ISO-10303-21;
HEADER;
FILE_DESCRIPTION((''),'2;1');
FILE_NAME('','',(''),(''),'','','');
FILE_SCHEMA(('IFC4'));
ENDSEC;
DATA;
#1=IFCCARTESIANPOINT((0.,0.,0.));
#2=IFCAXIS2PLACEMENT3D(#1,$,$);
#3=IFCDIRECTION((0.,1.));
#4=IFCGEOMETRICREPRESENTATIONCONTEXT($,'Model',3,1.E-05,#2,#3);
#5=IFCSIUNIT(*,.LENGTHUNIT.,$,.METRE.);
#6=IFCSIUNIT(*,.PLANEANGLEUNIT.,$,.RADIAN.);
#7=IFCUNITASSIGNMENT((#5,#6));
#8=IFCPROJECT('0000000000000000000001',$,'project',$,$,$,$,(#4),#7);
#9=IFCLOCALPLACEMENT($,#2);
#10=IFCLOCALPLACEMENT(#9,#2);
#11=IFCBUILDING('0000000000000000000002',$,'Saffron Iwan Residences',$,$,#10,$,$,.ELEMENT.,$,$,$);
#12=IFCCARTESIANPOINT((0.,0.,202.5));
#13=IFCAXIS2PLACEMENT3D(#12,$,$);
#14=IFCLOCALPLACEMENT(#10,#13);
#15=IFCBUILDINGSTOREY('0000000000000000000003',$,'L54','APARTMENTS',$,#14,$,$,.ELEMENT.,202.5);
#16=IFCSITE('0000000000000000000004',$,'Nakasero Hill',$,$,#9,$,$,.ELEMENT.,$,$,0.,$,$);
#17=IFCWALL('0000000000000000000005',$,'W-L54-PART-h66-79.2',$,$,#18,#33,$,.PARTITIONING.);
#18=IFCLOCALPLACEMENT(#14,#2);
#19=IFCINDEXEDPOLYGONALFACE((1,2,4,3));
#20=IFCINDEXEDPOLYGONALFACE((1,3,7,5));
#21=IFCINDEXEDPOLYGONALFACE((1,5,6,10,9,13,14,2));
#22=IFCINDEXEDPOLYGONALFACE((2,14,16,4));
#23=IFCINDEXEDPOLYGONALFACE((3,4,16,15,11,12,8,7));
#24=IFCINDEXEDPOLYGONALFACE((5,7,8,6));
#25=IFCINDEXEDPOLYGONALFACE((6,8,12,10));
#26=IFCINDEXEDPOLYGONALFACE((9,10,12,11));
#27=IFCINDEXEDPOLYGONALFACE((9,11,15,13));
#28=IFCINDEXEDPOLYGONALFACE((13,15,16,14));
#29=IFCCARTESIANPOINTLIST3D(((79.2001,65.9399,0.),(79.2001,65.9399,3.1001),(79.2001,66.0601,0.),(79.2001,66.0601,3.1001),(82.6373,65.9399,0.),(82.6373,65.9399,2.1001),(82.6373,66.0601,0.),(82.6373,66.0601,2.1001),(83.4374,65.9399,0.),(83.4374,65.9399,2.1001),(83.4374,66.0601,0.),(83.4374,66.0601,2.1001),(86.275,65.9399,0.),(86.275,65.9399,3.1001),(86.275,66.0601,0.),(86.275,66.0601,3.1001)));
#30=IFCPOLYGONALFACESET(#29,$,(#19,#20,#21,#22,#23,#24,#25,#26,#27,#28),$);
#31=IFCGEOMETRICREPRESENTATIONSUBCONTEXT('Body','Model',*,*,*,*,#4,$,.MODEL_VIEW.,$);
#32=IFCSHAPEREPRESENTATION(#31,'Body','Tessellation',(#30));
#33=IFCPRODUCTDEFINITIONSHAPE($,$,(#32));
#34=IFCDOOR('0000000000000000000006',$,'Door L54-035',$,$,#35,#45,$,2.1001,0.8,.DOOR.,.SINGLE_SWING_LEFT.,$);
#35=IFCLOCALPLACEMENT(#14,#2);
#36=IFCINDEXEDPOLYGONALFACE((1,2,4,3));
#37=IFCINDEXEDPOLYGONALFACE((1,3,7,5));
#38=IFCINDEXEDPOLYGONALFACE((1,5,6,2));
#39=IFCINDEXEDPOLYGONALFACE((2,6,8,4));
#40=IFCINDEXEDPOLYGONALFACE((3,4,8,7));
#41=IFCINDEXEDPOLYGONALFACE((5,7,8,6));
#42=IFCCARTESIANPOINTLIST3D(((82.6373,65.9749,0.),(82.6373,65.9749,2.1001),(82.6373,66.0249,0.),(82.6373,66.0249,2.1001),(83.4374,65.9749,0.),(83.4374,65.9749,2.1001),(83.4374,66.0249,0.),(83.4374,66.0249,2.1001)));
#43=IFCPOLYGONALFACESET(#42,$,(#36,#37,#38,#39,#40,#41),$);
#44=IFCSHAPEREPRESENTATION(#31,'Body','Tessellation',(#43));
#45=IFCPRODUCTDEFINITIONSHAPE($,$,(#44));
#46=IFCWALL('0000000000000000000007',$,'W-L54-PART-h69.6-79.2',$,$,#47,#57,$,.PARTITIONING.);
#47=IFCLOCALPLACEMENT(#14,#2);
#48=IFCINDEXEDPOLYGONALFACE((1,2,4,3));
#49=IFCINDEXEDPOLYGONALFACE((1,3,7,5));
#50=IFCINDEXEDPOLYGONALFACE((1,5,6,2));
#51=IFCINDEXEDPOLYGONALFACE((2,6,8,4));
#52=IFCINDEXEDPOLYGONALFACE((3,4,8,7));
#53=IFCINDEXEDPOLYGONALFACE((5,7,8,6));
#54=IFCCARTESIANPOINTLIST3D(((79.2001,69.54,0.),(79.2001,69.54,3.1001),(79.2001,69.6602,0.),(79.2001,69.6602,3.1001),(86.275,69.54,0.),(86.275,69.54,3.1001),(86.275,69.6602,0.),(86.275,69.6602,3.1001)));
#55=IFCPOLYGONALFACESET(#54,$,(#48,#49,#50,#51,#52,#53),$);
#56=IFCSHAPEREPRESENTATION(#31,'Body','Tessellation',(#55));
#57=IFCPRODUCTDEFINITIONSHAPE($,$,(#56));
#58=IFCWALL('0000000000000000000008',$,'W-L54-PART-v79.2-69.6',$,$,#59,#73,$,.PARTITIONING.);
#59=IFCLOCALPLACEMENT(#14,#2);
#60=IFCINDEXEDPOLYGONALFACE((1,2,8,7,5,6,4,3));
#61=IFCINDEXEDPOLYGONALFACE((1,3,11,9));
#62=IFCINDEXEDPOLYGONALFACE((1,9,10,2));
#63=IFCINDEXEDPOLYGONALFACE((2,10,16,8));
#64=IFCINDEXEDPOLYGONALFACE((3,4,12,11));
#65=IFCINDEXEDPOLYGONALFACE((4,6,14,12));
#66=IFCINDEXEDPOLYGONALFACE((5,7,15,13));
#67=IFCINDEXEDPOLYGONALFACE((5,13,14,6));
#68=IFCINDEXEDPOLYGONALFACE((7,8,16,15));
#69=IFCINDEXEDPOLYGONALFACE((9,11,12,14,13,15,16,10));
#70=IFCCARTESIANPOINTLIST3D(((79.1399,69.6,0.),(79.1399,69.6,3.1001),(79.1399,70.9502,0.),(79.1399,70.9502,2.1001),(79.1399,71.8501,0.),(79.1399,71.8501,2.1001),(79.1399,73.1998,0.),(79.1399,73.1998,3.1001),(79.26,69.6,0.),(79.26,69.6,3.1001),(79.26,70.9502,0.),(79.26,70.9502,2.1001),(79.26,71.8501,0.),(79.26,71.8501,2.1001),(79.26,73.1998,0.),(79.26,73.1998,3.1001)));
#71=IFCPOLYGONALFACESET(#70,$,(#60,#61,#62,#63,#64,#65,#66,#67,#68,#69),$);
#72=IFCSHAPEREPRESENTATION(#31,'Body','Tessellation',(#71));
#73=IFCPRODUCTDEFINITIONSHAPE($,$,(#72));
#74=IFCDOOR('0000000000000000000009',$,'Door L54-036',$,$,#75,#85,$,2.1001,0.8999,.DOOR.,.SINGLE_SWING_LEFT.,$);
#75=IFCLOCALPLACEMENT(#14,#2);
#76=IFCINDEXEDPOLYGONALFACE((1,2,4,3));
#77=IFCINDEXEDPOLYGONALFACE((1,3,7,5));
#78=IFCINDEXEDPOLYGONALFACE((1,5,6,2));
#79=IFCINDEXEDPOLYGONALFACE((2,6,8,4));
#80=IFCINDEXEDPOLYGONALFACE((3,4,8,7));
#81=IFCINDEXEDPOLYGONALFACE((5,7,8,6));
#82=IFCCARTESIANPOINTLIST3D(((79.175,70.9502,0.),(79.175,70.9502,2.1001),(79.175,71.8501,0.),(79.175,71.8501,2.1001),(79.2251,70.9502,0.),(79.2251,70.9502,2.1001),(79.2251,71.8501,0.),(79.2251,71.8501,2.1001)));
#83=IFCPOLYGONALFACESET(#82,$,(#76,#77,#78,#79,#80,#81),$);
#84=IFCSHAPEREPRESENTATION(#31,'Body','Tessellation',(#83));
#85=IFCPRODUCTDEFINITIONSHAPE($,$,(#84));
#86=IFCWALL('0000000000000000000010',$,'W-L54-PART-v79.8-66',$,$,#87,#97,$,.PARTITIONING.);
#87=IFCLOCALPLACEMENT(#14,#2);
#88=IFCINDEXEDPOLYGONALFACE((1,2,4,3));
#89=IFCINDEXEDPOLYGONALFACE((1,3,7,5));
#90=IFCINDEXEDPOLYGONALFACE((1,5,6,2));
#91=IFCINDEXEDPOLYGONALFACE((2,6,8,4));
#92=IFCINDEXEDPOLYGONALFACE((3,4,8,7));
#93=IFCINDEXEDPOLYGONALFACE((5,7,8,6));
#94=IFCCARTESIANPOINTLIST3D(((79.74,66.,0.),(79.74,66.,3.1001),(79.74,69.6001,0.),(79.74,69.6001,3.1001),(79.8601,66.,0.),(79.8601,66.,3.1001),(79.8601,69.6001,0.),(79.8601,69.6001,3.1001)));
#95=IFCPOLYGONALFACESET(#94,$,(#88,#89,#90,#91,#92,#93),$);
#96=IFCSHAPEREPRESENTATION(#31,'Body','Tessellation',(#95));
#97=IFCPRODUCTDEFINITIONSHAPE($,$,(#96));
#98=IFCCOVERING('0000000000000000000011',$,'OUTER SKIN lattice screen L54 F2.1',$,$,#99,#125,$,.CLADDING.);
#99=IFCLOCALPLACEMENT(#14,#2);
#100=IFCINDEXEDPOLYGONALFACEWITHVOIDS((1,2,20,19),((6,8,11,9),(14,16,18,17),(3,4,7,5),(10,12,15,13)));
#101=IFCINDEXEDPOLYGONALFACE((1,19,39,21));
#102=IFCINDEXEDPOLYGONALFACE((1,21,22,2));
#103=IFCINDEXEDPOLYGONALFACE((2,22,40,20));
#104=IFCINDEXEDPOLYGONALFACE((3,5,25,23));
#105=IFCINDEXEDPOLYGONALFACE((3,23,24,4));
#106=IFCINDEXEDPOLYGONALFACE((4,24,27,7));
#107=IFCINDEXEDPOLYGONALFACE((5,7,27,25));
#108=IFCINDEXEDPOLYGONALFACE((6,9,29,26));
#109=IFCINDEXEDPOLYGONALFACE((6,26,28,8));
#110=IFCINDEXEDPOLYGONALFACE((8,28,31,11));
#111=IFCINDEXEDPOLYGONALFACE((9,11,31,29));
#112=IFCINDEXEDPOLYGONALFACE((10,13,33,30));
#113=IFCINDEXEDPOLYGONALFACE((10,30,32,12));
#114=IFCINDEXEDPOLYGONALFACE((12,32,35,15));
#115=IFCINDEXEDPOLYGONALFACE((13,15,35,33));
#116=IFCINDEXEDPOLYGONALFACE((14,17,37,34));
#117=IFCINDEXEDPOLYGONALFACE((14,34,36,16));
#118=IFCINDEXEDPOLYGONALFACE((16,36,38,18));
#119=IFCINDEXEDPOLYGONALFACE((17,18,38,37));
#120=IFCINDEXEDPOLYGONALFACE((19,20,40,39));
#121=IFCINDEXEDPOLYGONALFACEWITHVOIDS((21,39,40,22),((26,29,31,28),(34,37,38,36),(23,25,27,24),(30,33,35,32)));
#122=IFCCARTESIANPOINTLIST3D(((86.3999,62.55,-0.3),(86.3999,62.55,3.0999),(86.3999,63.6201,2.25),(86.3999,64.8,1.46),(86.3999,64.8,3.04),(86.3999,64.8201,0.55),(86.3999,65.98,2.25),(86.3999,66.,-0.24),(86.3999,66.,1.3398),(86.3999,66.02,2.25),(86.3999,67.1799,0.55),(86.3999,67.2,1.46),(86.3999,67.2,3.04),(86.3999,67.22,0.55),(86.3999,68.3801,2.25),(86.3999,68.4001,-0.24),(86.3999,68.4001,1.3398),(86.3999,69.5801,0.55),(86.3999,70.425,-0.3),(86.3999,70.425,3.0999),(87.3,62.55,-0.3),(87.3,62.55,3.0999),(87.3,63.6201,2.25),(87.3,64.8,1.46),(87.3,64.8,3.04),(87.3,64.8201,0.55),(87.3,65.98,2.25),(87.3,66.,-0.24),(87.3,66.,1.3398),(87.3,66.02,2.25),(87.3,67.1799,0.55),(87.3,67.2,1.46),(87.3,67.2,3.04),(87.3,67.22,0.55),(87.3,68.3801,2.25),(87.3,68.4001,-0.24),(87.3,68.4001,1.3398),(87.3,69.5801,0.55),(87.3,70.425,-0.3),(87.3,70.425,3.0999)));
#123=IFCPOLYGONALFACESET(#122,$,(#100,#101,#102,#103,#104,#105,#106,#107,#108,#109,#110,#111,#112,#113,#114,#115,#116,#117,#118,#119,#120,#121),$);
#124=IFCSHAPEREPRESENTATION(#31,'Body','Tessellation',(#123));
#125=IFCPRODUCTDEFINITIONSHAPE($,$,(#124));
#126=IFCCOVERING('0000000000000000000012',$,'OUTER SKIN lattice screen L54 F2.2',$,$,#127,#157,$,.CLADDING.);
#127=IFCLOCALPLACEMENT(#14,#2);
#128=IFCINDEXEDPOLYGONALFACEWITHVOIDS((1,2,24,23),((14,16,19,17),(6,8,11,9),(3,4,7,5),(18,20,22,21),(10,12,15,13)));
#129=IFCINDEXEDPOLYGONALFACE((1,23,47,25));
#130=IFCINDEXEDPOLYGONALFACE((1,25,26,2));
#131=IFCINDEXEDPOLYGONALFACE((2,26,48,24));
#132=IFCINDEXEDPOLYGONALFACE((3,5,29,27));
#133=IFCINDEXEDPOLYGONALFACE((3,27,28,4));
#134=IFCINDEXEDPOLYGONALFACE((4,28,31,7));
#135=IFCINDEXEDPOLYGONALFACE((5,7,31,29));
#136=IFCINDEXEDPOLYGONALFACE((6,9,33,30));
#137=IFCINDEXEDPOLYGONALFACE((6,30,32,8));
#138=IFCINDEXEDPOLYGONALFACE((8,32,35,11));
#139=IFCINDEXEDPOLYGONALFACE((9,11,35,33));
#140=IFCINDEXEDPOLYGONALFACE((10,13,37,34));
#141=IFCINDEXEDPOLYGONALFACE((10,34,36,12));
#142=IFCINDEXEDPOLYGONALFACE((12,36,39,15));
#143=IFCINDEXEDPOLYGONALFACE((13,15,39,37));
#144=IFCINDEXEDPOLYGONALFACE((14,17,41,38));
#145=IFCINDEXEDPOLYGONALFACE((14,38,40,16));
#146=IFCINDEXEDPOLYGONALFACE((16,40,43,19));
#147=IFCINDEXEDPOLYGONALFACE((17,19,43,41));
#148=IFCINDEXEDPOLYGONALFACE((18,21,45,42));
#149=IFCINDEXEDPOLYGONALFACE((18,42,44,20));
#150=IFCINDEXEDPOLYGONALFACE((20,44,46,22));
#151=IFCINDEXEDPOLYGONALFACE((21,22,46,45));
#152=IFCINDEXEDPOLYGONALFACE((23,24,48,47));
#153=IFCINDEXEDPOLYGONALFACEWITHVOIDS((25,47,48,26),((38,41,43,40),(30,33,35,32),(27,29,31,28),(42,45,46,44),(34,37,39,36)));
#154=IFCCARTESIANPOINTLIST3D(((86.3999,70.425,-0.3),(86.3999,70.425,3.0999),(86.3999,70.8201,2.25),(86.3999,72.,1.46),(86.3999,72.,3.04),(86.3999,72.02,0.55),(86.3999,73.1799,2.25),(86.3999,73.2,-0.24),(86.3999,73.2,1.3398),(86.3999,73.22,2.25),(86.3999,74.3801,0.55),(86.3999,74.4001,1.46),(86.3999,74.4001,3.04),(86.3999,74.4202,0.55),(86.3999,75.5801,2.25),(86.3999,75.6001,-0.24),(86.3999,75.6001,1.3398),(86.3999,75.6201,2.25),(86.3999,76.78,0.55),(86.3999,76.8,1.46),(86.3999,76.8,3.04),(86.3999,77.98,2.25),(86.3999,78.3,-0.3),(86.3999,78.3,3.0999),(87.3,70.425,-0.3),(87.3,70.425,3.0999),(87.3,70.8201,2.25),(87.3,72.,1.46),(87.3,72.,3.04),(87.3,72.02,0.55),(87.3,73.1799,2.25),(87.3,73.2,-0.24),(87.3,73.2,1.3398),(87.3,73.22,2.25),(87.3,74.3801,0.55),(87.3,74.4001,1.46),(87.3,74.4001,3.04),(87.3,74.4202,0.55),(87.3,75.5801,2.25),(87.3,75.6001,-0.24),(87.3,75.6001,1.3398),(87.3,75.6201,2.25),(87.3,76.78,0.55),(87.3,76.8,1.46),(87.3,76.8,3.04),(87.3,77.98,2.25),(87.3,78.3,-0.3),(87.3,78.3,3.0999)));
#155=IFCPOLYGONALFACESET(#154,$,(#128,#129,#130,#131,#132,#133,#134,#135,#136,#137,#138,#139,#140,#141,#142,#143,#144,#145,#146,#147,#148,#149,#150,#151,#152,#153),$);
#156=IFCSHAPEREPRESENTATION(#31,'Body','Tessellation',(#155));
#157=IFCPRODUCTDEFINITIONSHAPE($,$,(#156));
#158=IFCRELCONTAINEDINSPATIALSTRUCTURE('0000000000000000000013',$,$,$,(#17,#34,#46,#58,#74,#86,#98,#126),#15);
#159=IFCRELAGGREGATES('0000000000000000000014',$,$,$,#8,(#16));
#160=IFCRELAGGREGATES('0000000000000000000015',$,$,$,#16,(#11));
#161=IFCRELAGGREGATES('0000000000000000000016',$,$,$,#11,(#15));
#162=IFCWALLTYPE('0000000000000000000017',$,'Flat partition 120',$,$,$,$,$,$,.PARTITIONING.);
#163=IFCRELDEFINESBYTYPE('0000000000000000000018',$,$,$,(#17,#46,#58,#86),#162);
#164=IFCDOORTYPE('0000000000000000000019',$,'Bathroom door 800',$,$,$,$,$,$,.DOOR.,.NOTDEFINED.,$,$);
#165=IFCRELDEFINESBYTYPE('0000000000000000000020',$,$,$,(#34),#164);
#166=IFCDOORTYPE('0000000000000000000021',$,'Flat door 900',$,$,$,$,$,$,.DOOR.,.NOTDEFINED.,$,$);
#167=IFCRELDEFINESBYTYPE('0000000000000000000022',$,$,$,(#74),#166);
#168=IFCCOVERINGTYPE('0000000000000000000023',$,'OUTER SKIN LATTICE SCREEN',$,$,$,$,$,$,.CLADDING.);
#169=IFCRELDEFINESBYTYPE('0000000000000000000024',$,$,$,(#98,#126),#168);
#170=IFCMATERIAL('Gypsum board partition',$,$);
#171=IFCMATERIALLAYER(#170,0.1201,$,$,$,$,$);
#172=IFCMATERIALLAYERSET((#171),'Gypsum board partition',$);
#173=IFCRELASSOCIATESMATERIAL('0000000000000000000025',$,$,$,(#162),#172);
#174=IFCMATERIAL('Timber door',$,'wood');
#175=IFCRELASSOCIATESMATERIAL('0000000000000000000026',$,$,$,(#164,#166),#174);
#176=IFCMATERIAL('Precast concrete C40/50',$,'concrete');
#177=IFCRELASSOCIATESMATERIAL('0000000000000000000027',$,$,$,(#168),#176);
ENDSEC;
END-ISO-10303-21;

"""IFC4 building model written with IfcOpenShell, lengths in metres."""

from ifc_helpers import new_model, si_unit, direction, frame, frame_2d, origin, place, context, subcontext, project, spatial, polyline, rectangle, outline, extrude, material, layer, layer_set, type_object, element, fill, save


model = new_model("IFC4")

# Units and contexts
model_context = context("Model", 3, precision=1e-05, world=origin(), true_north=direction((0.0, 1.0)))
body_context = subcontext(model_context, "Body", "Model", "MODEL_VIEW")
ifc_project = project(units=[si_unit("LENGTHUNIT", "METRE"), si_unit("PLANEANGLEUNIT", "RADIAN")], contexts=[model_context])

# Site, building, storey
site_placement = place(None, origin())
site = spatial("IfcSite", under=ifc_project, at=site_placement, Name="Nakasero Hill", CompositionType="ELEMENT", RefElevation=0.0)
building_placement = place(site_placement, origin())
building = spatial("IfcBuilding", under=site, at=building_placement, Name="Saffron Iwan Residences", CompositionType="ELEMENT")
storey_placement = place(building_placement, frame((0.0, 0.0, 202.5)))
storey = spatial("IfcBuildingStorey", under=building, at=storey_placement, Name="L54", Description="APARTMENTS", CompositionType="ELEMENT", Elevation=202.5)

# Wall, opening, door
ifc_material_1 = material(Name="Gypsum board partition")
ifc_layer_1 = layer(ifc_material_1, 0.1201)
ifc_layer_set_1 = layer_set([ifc_layer_1], Name="Gypsum board partition")
wall_type_1 = type_object("IfcWallType", Name="Flat partition 120", PredefinedType="PARTITIONING", material=ifc_layer_set_1)
wall_1_placement = place(storey_placement, frame((79.2, 66.0, 0.0), z_axis=(0.0, 0.0, 1.0), x_axis=(1.0, 0.0, 0.0)))
wall_1 = element("IfcWall", 1, at=wall_1_placement, inside=storey, type_object=wall_type_1, Name="W-L54-PART-h66-79.2", PredefinedType="PARTITIONING", context=body_context, shape_type="SweptSolid", body=[
    extrude(rectangle(XDim=7.075, YDim=0.1201, at=frame_2d((3.5376, 0.0))), origin(), (0.0, 0.0, 1.0), 3.1001),
])
opening_1_placement = place(wall_1_placement, frame((3.4375, 0.0, 0.0)))
opening_1 = element("IfcOpeningElement", 2, at=opening_1_placement, cuts=wall_1, PredefinedType="OPENING", context=body_context, shape_type="SweptSolid", body=[
    extrude(rectangle(XDim=0.8, YDim=2.1001, at=frame_2d((0.3999, 1.05))), frame((0.0, 0.0701, 0.0), z_axis=(0.0, -1.0, 0.0), x_axis=(1.0, 0.0, 0.0)), (0.0, 0.0, 1.0), 0.1401),
])
ifc_material_2 = material(Name="Timber door", Category="wood")
door_type_1 = type_object("IfcDoorType", Name="Bathroom door 800", OperationType="NOTDEFINED", PredefinedType="DOOR", material=ifc_material_2)
door_1_placement = place(opening_1_placement, origin())
door_1 = element("IfcDoor", 3, at=door_1_placement, inside=storey, type_object=door_type_1, Name="Door L54-035", OperationType="SINGLE_SWING_LEFT", OverallHeight=2.1001, OverallWidth=0.8, PredefinedType="DOOR", context=body_context, shape_type="SweptSolid", body=[
    extrude(rectangle(XDim=0.8, YDim=2.1001, at=frame_2d((0.3999, 1.05))), frame((0.0, 0.0249, 0.0), z_axis=(0.0, -1.0, 0.0), x_axis=(1.0, 0.0, 0.0)), (0.0, 0.0, 1.0), 0.05),
])
fill(opening_1, door_1)

# Wall
wall_2_placement = place(storey_placement, frame((79.2, 69.6001, 0.0), z_axis=(0.0, 0.0, 1.0), x_axis=(1.0, 0.0, 0.0)))
element("IfcWall", 4, at=wall_2_placement, inside=storey, type_object=wall_type_1, Name="W-L54-PART-h69.6-79.2", PredefinedType="PARTITIONING", context=body_context, shape_type="SweptSolid", body=[
    extrude(rectangle(XDim=7.075, YDim=0.1201, at=frame_2d((3.5376, 0.0))), origin(), (0.0, 0.0, 1.0), 3.1001),
])

# Wall, opening, door
wall_3_placement = place(storey_placement, frame((79.2, 69.6001, 0.0), z_axis=(0.0, 0.0, 1.0), x_axis=(0.0, 1.0, 0.0)))
wall_3 = element("IfcWall", 5, at=wall_3_placement, inside=storey, type_object=wall_type_1, Name="W-L54-PART-v79.2-69.6", PredefinedType="PARTITIONING", context=body_context, shape_type="SweptSolid", body=[
    extrude(rectangle(XDim=3.5999, YDim=0.1201, at=frame_2d((1.7998, 0.0))), origin(), (0.0, 0.0, 1.0), 3.1001),
])
opening_2_placement = place(wall_3_placement, frame((1.3501, 0.0, 0.0)))
opening_2 = element("IfcOpeningElement", 6, at=opening_2_placement, cuts=wall_3, PredefinedType="OPENING", context=body_context, shape_type="SweptSolid", body=[
    extrude(rectangle(XDim=0.8999, YDim=2.1001, at=frame_2d((0.45, 1.05))), frame((0.0, 0.0701, 0.0), z_axis=(0.0, -1.0, 0.0), x_axis=(1.0, 0.0, 0.0)), (0.0, 0.0, 1.0), 0.1401),
])
door_type_2 = type_object("IfcDoorType", Name="Flat door 900", OperationType="NOTDEFINED", PredefinedType="DOOR", material=ifc_material_2)
door_2_placement = place(opening_2_placement, origin())
door_2 = element("IfcDoor", 7, at=door_2_placement, inside=storey, type_object=door_type_2, Name="Door L54-036", OperationType="SINGLE_SWING_LEFT", OverallHeight=2.1001, OverallWidth=0.8999, PredefinedType="DOOR", context=body_context, shape_type="SweptSolid", body=[
    extrude(rectangle(XDim=0.8999, YDim=2.1001, at=frame_2d((0.45, 1.05))), frame((0.0, 0.0249, 0.0), z_axis=(0.0, -1.0, 0.0), x_axis=(1.0, 0.0, 0.0)), (0.0, 0.0, 1.0), 0.05),
])
fill(opening_2, door_2)

# Wall
wall_4_placement = place(storey_placement, frame((79.8, 66.0, 0.0), z_axis=(0.0, 0.0, 1.0), x_axis=(0.0, 1.0, 0.0)))
element("IfcWall", 8, at=wall_4_placement, inside=storey, type_object=wall_type_1, Name="W-L54-PART-v79.8-66", PredefinedType="PARTITIONING", context=body_context, shape_type="SweptSolid", body=[
    extrude(rectangle(XDim=3.6001, YDim=0.1201, at=frame_2d((1.8, 0.0))), origin(), (0.0, 0.0, 1.0), 3.1001),
])

# Coverings
ifc_material_3 = material(Name="Precast concrete C40/50", Category="concrete")
covering_type = type_object("IfcCoveringType", Name="OUTER SKIN LATTICE SCREEN", PredefinedType="CLADDING", material=ifc_material_3)
covering_1_placement = place(storey_placement, frame((86.3999, 62.55, -0.3), z_axis=(1.0, 0.0, 0.0), x_axis=(0.0, 1.0, 0.0)))
element("IfcCovering", 9, at=covering_1_placement, inside=storey, type_object=covering_type, Name="OUTER SKIN lattice screen L54 F2.1", PredefinedType="CLADDING", context=body_context, shape_type="SweptSolid", body=[
    extrude(outline(polyline([(0.0, 0.0), (7.875, 0.0), (7.875, 3.3999), (0.0, 3.3999), (0.0, 0.0)]), holes=[polyline([(2.27, 0.8501), (3.45, 0.0601), (4.6299, 0.8501), (3.45, 1.6399), (2.27, 0.8501)]), polyline([(4.6699, 0.8501), (5.8501, 0.0601), (7.03, 0.8501), (5.8501, 1.6399), (4.6699, 0.8501)]), polyline([(1.0701, 2.55), (2.25, 1.76), (3.4299, 2.55), (2.25, 3.3401), (1.0701, 2.55)]), polyline([(3.47, 2.55), (4.6499, 1.76), (5.8301, 2.55), (4.6499, 3.3401), (3.47, 2.55)])]), origin(), (0.0, 0.0, 1.0), 0.9001),
])
covering_2_placement = place(storey_placement, frame((86.3999, 70.425, -0.3), z_axis=(1.0, 0.0, 0.0), x_axis=(0.0, 1.0, 0.0)))
element("IfcCovering", 10, at=covering_2_placement, inside=storey, type_object=covering_type, Name="OUTER SKIN lattice screen L54 F2.2", PredefinedType="CLADDING", context=body_context, shape_type="SweptSolid", body=[
    extrude(outline(polyline([(0.0, 0.0), (7.875, 0.0), (7.875, 3.3999), (0.0, 3.3999), (0.0, 0.0)]), holes=[polyline([(1.595, 0.8501), (2.7749, 0.0601), (3.9551, 0.8501), (2.7749, 1.6399), (1.595, 0.8501)]), polyline([(3.9951, 0.8501), (5.175, 0.0601), (6.355, 0.8501), (5.175, 1.6399), (3.9951, 0.8501)]), polyline([(0.395, 2.55), (1.575, 1.76), (2.7549, 2.55), (1.575, 3.3401), (0.395, 2.55)]), polyline([(2.7949, 2.55), (3.9751, 1.76), (5.155, 2.55), (3.9751, 3.3401), (2.7949, 2.55)]), polyline([(5.1951, 2.55), (6.375, 1.76), (7.5549, 2.55), (6.375, 3.3401), (5.1951, 2.55)])]), origin(), (0.0, 0.0, 1.0), 0.9001),
])

save(model, "model.ifc")
